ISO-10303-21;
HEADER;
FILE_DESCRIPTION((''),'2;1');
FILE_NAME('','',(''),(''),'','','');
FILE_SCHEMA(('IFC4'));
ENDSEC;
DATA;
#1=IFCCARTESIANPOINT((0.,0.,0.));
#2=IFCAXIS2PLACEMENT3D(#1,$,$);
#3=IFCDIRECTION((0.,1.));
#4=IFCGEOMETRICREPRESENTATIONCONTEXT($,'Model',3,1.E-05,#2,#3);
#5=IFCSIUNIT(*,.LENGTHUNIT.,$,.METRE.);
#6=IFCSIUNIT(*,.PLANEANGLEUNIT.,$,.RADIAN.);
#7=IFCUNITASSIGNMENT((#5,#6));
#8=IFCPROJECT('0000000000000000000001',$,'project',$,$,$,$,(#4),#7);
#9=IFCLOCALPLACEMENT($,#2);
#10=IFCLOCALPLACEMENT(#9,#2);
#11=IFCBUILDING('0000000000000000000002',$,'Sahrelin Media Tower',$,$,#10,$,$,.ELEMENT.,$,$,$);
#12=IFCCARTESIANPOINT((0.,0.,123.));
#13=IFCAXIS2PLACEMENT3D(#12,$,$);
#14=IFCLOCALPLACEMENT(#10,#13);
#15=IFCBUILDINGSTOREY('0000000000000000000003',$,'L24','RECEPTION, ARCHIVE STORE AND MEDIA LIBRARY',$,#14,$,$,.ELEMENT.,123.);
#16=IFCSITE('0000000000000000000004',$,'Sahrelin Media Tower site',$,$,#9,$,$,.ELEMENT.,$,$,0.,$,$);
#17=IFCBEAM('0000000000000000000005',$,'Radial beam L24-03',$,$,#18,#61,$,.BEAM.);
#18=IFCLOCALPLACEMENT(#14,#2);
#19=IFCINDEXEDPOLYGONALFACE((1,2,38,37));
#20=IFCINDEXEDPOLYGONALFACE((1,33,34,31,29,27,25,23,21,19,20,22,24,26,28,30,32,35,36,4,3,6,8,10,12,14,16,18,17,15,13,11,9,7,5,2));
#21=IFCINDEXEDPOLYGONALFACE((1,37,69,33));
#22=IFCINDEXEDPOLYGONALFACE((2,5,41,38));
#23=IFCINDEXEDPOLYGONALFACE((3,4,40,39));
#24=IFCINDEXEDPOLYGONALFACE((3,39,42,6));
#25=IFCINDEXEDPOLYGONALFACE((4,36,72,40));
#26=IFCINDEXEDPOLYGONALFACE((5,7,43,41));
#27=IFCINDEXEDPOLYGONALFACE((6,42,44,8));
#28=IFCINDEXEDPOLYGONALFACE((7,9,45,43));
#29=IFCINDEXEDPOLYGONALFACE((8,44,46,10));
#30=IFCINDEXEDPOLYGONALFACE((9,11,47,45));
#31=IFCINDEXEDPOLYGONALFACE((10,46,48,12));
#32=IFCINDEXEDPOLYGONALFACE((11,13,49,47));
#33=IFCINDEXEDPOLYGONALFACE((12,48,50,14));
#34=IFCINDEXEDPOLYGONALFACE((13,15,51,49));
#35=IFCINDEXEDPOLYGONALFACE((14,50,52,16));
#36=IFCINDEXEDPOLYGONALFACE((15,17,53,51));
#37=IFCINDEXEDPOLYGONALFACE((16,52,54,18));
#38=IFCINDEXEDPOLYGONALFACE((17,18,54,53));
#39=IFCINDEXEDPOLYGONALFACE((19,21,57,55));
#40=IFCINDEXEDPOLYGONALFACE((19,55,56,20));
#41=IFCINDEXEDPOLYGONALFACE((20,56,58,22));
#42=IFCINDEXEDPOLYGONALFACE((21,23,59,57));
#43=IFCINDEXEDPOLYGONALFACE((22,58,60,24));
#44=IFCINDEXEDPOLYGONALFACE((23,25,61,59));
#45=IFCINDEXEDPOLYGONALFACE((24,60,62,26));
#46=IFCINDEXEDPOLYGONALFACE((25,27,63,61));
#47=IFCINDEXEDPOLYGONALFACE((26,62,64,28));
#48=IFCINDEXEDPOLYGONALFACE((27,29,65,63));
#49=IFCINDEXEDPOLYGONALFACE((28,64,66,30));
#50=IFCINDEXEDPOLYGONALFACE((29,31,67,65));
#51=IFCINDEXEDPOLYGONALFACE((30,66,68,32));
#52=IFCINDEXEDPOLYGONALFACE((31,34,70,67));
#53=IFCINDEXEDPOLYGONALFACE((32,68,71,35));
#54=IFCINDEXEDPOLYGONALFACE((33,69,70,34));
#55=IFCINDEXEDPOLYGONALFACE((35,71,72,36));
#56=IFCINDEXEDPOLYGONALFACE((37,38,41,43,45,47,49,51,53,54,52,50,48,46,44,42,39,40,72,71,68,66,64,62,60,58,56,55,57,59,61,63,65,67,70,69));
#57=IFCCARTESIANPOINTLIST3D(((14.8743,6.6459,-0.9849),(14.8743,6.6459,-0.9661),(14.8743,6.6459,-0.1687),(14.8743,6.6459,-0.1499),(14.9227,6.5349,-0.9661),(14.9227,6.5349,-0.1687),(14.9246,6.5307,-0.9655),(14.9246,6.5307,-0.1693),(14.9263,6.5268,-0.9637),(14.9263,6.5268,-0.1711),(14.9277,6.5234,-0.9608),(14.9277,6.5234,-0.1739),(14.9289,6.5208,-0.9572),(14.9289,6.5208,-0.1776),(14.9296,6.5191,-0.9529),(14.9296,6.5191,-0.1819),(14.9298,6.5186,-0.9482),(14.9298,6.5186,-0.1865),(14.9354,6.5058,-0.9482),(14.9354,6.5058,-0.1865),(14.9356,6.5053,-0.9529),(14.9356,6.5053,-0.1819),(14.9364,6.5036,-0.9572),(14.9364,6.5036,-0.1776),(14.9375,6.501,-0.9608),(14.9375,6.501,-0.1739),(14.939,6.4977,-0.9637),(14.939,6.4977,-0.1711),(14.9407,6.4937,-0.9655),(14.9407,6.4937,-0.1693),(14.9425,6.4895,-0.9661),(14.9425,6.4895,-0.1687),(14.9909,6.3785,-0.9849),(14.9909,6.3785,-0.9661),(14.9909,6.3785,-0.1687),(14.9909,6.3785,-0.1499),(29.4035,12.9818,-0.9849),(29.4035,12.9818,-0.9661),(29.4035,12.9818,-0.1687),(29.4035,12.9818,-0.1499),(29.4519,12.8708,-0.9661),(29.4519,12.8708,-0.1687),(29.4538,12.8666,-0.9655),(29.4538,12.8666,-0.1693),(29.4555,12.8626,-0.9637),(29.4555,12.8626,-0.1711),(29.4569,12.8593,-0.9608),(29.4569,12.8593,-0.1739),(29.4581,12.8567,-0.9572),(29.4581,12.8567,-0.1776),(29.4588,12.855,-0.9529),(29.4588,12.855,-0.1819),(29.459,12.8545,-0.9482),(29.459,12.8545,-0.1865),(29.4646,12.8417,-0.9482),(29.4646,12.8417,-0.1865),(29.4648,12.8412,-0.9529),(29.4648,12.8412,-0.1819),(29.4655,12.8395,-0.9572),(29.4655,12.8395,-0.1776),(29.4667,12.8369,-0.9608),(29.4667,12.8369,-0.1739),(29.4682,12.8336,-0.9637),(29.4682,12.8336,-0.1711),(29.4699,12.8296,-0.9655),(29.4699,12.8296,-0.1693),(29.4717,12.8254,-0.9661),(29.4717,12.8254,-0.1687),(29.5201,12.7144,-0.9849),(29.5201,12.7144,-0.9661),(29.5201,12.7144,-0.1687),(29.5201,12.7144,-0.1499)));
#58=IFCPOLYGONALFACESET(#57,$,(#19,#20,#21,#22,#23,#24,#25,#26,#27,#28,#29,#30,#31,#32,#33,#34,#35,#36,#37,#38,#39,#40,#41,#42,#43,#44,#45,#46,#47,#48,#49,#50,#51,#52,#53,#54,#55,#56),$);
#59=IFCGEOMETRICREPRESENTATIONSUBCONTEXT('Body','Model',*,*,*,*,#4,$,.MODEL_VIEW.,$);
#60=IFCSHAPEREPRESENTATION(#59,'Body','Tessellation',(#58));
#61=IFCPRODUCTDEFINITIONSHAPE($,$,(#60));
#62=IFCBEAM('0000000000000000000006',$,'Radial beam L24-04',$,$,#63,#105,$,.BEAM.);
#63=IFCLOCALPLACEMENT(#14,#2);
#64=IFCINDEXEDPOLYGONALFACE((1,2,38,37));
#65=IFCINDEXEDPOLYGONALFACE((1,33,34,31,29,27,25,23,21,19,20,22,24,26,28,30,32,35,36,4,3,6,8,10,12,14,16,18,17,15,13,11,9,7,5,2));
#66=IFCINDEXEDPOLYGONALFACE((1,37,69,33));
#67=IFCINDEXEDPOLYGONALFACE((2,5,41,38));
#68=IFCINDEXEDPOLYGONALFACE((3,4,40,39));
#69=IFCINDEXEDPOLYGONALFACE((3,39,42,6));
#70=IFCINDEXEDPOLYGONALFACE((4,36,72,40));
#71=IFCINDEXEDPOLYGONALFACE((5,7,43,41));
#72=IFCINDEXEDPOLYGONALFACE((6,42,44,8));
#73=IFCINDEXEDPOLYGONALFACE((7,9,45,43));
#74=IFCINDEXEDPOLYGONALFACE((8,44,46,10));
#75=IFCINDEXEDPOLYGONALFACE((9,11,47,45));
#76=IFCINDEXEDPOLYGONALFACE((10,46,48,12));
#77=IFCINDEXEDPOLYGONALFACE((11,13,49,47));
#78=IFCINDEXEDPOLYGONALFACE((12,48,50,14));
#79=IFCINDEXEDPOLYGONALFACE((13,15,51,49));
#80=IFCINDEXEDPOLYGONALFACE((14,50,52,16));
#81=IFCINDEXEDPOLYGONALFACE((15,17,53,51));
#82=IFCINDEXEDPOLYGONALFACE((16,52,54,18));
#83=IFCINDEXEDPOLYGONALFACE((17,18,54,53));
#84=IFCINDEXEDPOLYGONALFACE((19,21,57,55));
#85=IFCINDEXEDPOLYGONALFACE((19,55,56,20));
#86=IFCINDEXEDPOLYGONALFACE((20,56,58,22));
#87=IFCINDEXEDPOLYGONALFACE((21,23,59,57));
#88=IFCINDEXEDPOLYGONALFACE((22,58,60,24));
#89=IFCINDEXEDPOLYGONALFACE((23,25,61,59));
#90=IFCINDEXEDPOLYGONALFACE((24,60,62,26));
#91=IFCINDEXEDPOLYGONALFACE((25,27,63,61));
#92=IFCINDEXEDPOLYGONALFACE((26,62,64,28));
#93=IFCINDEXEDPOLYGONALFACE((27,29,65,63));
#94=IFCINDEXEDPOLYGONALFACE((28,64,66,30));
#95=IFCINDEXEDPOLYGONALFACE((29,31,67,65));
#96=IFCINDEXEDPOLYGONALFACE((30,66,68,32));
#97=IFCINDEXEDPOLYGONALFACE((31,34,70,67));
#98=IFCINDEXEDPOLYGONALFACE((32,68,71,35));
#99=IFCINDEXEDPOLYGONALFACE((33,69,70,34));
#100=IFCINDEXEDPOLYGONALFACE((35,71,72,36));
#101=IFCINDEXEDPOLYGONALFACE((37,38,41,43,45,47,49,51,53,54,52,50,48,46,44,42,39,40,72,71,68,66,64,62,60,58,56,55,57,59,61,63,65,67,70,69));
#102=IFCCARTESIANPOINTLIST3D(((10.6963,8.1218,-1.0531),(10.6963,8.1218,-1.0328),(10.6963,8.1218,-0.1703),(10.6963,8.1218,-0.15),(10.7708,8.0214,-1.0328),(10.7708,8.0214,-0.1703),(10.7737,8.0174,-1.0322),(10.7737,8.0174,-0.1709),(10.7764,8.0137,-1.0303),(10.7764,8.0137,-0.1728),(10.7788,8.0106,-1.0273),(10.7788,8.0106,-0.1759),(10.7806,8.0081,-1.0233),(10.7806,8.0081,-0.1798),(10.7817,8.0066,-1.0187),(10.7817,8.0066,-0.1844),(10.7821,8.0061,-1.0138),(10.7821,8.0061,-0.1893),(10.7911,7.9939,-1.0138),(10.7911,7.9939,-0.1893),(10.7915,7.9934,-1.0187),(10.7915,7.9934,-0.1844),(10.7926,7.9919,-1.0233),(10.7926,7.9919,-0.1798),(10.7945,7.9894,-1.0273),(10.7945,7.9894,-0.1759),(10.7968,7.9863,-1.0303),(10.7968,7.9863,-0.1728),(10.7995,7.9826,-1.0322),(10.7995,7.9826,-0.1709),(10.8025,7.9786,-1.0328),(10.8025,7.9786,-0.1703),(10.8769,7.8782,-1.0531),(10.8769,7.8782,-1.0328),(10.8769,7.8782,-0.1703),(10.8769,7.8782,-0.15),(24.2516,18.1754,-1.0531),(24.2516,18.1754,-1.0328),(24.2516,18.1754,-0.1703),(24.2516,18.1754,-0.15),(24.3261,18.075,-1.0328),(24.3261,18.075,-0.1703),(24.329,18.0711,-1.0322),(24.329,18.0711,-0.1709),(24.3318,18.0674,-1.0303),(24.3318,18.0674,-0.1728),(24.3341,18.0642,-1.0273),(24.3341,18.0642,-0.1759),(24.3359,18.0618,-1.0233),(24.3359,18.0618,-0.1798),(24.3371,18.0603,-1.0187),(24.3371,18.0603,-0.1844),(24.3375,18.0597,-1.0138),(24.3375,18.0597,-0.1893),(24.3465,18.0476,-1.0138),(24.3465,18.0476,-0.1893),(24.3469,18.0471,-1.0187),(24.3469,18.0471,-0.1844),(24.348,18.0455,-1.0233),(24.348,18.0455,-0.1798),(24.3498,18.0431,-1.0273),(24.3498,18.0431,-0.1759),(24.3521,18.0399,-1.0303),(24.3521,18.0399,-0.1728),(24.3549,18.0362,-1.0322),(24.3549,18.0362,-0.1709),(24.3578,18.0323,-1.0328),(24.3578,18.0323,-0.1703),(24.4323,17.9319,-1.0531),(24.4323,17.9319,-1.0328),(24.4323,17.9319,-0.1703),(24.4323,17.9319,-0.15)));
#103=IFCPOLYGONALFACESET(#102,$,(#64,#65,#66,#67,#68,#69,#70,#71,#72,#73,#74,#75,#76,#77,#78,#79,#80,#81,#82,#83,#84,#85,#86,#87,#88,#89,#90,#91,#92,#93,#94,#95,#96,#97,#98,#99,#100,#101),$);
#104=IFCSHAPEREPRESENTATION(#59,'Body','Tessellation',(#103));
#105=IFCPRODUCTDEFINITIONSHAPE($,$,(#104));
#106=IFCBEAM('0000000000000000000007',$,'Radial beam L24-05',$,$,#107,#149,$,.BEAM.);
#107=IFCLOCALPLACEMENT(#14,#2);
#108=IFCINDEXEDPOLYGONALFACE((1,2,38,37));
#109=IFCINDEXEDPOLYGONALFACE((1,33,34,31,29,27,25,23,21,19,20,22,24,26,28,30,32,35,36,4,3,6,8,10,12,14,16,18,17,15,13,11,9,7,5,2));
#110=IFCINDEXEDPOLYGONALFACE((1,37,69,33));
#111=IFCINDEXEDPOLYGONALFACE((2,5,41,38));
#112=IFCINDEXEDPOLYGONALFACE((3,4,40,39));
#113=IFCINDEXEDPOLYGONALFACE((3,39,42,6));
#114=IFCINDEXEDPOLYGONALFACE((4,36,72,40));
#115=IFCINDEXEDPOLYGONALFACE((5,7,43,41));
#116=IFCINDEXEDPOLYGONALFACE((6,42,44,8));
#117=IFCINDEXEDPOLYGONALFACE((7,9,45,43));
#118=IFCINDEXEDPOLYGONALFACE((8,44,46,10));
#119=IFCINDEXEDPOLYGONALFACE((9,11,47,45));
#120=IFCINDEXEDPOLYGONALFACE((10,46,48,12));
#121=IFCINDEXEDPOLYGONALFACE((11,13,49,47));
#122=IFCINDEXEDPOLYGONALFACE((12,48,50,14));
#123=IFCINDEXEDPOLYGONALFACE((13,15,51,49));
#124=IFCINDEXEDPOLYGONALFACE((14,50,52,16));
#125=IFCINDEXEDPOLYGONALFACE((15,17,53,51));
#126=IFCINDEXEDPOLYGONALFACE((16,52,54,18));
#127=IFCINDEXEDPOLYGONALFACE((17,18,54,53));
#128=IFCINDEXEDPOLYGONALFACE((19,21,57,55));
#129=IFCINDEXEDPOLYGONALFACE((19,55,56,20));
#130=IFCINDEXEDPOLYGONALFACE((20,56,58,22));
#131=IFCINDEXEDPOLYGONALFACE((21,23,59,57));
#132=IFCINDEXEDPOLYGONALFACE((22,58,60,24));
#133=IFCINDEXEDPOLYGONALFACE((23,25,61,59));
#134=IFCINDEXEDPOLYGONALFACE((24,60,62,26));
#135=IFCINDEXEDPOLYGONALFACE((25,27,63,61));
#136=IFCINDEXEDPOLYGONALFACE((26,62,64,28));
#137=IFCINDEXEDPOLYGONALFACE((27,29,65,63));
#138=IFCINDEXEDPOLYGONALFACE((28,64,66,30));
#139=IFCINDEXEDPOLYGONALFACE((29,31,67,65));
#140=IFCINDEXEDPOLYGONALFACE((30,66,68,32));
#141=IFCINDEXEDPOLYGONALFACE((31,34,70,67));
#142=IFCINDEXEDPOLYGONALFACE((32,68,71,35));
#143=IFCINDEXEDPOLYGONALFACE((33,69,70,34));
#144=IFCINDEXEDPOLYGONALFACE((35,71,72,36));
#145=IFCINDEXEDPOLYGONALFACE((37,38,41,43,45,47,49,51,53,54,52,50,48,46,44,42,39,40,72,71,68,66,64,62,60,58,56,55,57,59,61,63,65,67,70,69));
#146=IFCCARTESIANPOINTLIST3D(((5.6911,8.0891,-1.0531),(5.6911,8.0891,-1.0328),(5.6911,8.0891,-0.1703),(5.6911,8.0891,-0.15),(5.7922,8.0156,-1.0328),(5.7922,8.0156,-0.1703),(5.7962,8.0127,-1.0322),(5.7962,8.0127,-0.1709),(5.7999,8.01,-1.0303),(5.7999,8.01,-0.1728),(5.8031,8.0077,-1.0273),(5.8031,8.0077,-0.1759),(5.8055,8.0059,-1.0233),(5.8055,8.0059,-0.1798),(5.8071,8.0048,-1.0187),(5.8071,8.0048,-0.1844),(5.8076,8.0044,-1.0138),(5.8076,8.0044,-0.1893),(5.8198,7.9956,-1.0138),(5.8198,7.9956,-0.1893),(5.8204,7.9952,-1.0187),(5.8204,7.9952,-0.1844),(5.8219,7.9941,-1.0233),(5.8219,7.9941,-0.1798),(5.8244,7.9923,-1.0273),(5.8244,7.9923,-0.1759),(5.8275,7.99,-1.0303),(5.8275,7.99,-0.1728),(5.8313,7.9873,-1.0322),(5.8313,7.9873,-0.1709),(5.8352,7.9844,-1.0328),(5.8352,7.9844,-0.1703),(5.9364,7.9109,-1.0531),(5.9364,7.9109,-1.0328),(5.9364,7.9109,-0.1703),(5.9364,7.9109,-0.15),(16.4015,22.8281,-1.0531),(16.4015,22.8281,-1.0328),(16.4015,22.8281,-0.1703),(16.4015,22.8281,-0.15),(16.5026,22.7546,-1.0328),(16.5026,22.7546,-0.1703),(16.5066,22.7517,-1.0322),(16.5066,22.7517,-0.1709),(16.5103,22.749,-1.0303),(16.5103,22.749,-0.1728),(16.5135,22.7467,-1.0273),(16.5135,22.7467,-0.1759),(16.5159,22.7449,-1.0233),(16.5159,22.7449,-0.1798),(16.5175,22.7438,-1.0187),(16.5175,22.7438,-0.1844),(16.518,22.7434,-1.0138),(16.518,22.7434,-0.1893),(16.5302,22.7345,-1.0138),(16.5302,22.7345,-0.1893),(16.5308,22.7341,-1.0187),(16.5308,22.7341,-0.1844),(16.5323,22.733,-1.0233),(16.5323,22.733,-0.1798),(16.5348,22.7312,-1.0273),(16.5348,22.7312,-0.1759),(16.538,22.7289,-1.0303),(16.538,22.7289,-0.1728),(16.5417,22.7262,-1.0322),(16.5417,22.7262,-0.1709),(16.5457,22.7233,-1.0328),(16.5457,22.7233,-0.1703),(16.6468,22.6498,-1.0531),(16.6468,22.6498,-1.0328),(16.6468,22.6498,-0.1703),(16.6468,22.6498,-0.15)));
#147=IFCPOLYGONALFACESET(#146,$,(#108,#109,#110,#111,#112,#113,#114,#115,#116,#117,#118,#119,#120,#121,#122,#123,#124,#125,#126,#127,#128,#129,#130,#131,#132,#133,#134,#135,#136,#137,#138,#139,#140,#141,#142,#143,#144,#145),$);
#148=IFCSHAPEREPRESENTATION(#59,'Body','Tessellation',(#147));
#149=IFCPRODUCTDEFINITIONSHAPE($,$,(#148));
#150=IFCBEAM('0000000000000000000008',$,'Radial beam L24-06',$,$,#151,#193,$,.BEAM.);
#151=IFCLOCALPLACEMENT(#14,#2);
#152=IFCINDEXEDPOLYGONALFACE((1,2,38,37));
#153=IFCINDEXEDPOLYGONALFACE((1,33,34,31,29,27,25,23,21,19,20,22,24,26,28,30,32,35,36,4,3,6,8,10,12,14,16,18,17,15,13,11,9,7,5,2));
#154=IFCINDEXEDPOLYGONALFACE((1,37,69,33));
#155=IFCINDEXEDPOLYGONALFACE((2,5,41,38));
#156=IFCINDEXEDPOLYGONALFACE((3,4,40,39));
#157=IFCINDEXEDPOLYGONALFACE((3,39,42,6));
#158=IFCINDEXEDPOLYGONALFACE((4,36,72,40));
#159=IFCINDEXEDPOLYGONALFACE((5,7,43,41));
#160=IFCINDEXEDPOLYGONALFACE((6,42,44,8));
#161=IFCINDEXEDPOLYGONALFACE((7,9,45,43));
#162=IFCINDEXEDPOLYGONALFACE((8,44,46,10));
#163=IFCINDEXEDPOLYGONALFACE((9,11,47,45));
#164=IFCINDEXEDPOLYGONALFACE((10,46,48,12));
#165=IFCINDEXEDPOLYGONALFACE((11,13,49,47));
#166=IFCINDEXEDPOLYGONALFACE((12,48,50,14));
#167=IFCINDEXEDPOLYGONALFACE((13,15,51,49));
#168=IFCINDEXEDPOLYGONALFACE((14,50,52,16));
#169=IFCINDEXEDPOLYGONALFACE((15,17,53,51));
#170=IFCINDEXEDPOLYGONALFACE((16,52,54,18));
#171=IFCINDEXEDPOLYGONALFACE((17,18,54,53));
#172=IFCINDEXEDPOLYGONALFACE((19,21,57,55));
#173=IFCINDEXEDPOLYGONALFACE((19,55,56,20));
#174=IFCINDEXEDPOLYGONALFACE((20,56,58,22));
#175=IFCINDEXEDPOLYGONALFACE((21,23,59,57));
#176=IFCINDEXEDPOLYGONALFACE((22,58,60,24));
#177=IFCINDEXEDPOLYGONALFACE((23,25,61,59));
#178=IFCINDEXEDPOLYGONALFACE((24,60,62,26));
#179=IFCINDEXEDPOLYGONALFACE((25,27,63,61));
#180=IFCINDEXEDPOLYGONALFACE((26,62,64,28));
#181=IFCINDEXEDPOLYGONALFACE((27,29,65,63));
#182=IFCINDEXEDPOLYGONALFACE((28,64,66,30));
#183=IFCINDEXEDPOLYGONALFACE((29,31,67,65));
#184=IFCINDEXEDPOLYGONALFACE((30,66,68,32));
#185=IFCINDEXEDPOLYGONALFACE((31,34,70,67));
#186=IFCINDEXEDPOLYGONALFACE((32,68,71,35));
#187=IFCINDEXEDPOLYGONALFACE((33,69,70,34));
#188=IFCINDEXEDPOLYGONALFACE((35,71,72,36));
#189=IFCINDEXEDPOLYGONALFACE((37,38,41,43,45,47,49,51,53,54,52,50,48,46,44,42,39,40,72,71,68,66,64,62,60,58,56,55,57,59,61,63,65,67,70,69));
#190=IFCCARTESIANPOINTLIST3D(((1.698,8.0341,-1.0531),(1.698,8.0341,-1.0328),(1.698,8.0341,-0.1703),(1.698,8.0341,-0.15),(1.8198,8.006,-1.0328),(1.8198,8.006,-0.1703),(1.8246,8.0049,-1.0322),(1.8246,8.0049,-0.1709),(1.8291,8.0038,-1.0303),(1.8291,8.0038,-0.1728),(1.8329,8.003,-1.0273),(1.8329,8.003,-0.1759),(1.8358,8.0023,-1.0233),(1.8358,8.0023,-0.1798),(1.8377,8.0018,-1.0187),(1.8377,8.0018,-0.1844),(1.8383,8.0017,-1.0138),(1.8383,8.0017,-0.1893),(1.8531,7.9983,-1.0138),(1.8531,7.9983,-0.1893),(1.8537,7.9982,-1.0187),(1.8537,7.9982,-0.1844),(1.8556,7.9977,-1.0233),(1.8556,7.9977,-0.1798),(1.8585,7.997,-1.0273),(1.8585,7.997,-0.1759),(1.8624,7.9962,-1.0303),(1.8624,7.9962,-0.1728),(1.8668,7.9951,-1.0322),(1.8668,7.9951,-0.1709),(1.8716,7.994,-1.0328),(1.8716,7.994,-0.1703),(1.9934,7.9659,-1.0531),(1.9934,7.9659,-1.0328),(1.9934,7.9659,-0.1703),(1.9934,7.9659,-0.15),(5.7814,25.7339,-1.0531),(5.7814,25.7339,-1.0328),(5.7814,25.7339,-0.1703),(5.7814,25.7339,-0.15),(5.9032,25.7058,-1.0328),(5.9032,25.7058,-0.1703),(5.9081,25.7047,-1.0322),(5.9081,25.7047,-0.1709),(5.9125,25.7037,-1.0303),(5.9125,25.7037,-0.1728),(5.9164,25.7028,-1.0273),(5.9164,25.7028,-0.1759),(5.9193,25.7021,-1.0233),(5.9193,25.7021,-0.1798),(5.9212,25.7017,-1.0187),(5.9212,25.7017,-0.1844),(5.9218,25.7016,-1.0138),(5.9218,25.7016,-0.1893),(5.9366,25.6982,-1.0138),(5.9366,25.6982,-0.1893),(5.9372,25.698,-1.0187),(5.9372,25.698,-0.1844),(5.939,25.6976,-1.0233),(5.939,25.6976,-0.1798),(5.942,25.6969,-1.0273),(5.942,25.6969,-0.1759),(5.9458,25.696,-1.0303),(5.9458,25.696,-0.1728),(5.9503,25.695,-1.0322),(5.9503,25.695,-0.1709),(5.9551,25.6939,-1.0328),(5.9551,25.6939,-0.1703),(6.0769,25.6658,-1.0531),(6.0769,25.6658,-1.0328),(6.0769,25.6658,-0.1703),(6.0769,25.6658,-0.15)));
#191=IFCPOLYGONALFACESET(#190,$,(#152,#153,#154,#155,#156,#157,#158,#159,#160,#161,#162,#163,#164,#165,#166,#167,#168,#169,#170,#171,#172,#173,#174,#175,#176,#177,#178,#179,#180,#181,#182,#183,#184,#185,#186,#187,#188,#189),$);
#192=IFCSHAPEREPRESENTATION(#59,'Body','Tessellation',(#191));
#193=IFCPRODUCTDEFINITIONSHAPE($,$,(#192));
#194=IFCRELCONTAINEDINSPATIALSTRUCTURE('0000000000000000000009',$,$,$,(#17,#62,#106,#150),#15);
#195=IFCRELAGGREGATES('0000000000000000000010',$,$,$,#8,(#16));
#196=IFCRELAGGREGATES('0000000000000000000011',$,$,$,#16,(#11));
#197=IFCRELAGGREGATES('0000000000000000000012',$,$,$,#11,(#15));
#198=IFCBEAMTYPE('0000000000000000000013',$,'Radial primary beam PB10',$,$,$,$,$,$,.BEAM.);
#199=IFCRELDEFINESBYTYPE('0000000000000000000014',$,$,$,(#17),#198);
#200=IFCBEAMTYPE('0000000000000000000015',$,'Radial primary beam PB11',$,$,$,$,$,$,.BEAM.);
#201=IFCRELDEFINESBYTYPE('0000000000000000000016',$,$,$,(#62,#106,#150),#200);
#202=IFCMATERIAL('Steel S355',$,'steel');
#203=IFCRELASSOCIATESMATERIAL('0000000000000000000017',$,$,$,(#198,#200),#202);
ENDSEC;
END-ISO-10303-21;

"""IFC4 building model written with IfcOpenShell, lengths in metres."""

from ifc_helpers import new_model, si_unit, direction, frame, origin, origin_2d, place, context, subcontext, project, spatial, i_section, extrude, material, material_profile, profile_set, type_object, element, save


model = new_model("IFC4")

# Units and contexts
model_context = context("Model", 3, precision=1e-05, world=origin(), true_north=direction((0.0, 1.0)))
body_context = subcontext(model_context, "Body", "Model", "MODEL_VIEW")
ifc_project = project(units=[si_unit("LENGTHUNIT", "METRE"), si_unit("PLANEANGLEUNIT", "RADIAN")], contexts=[model_context])

# Site, building, storey
site_placement = place(None, origin())
site = spatial("IfcSite", under=ifc_project, at=site_placement, Name="Sahrelin Media Tower site", CompositionType="ELEMENT", RefElevation=0.0)
building_placement = place(site_placement, origin())
building = spatial("IfcBuilding", under=site, at=building_placement, Name="Sahrelin Media Tower", CompositionType="ELEMENT")
storey_placement = place(building_placement, frame((0.0, 0.0, 123.0)))
storey = spatial("IfcBuildingStorey", under=building, at=storey_placement, Name="L24", Description="RECEPTION, ARCHIVE STORE AND MEDIA LIBRARY", CompositionType="ELEMENT", Elevation=123.0)

# Beams
ifc_material_1 = material(Name="Steel S355", Category="steel")
ifc_material_profile_1 = material_profile(ifc_material_1, i_section(OverallWidth=0.2917, OverallDepth=0.835, WebThickness=0.0139, FlangeThickness=0.0188, FilletRadius=0.0178, at=origin_2d()), Name="UB 838x292x176")
ifc_profile_set_1 = profile_set([ifc_material_profile_1], Name="Steel S355")
beam_type_1 = type_object("IfcBeamType", Name="Radial primary beam PB10", PredefinedType="BEAM", material=ifc_profile_set_1)
beam_1_placement = place(storey_placement, frame((14.9326, 6.5122, -0.5674), z_axis=(0.916635, 0.399726, 0.0), x_axis=(-0.399726, 0.916635, 0.0)))
element("IfcBeam", 1, at=beam_1_placement, inside=storey, type_object=beam_type_1, Name="Radial beam L24-03", PredefinedType="BEAM", context=body_context, shape_type="SweptSolid", body=[
    extrude(i_section(OverallWidth=0.2917, OverallDepth=0.835, WebThickness=0.0139, FlangeThickness=0.0188, FilletRadius=0.0178, at=origin_2d()), origin(), (0.0, 0.0, 1.0), 15.8506),
])
ifc_material_profile_2 = material_profile(ifc_material_1, i_section(OverallWidth=0.3032, OverallDepth=0.9031, WebThickness=0.0151, FlangeThickness=0.0203, FilletRadius=0.019, at=origin_2d()), Name="UB 914x305x201")
ifc_profile_set_2 = profile_set([ifc_material_profile_2], Name="Steel S355")
beam_type_2 = type_object("IfcBeamType", Name="Radial primary beam PB11", PredefinedType="BEAM", material=ifc_profile_set_2)
beam_2_placement = place(storey_placement, frame((10.7866, 8.0, -0.6016), z_axis=(0.803198, 0.595712, 0.0), x_axis=(-0.595712, 0.803198, 0.0)))
element("IfcBeam", 2, at=beam_2_placement, inside=storey, type_object=beam_type_2, Name="Radial beam L24-04", PredefinedType="BEAM", context=body_context, shape_type="SweptSolid", body=[
    extrude(i_section(OverallWidth=0.3032, OverallDepth=0.9031, WebThickness=0.0151, FlangeThickness=0.0203, FilletRadius=0.019, at=origin_2d()), origin(), (0.0, 0.0, 1.0), 16.8767),
])
beam_3_placement = place(storey_placement, frame((5.8137, 8.0, -0.6016), z_axis=(0.587855, 0.808967, 0.0), x_axis=(-0.808967, 0.587855, 0.0)))
element("IfcBeam", 3, at=beam_3_placement, inside=storey, type_object=beam_type_2, Name="Radial beam L24-05", PredefinedType="BEAM", context=body_context, shape_type="SweptSolid", body=[
    extrude(i_section(OverallWidth=0.3032, OverallDepth=0.9031, WebThickness=0.0151, FlangeThickness=0.0203, FilletRadius=0.019, at=origin_2d()), origin(), (0.0, 0.0, 1.0), 18.2195),
])
beam_4_placement = place(storey_placement, frame((1.8457, 8.0, -0.6016), z_axis=(0.224802, 0.974405, 0.0), x_axis=(-0.974405, 0.224802, 0.0)))
element("IfcBeam", 4, at=beam_4_placement, inside=storey, type_object=beam_type_2, Name="Radial beam L24-06", PredefinedType="BEAM", context=body_context, shape_type="SweptSolid", body=[
    extrude(i_section(OverallWidth=0.3032, OverallDepth=0.9031, WebThickness=0.0151, FlangeThickness=0.0203, FilletRadius=0.019, at=origin_2d()), origin(), (0.0, 0.0, 1.0), 18.1648),
])

save(model, "model.ifc")
